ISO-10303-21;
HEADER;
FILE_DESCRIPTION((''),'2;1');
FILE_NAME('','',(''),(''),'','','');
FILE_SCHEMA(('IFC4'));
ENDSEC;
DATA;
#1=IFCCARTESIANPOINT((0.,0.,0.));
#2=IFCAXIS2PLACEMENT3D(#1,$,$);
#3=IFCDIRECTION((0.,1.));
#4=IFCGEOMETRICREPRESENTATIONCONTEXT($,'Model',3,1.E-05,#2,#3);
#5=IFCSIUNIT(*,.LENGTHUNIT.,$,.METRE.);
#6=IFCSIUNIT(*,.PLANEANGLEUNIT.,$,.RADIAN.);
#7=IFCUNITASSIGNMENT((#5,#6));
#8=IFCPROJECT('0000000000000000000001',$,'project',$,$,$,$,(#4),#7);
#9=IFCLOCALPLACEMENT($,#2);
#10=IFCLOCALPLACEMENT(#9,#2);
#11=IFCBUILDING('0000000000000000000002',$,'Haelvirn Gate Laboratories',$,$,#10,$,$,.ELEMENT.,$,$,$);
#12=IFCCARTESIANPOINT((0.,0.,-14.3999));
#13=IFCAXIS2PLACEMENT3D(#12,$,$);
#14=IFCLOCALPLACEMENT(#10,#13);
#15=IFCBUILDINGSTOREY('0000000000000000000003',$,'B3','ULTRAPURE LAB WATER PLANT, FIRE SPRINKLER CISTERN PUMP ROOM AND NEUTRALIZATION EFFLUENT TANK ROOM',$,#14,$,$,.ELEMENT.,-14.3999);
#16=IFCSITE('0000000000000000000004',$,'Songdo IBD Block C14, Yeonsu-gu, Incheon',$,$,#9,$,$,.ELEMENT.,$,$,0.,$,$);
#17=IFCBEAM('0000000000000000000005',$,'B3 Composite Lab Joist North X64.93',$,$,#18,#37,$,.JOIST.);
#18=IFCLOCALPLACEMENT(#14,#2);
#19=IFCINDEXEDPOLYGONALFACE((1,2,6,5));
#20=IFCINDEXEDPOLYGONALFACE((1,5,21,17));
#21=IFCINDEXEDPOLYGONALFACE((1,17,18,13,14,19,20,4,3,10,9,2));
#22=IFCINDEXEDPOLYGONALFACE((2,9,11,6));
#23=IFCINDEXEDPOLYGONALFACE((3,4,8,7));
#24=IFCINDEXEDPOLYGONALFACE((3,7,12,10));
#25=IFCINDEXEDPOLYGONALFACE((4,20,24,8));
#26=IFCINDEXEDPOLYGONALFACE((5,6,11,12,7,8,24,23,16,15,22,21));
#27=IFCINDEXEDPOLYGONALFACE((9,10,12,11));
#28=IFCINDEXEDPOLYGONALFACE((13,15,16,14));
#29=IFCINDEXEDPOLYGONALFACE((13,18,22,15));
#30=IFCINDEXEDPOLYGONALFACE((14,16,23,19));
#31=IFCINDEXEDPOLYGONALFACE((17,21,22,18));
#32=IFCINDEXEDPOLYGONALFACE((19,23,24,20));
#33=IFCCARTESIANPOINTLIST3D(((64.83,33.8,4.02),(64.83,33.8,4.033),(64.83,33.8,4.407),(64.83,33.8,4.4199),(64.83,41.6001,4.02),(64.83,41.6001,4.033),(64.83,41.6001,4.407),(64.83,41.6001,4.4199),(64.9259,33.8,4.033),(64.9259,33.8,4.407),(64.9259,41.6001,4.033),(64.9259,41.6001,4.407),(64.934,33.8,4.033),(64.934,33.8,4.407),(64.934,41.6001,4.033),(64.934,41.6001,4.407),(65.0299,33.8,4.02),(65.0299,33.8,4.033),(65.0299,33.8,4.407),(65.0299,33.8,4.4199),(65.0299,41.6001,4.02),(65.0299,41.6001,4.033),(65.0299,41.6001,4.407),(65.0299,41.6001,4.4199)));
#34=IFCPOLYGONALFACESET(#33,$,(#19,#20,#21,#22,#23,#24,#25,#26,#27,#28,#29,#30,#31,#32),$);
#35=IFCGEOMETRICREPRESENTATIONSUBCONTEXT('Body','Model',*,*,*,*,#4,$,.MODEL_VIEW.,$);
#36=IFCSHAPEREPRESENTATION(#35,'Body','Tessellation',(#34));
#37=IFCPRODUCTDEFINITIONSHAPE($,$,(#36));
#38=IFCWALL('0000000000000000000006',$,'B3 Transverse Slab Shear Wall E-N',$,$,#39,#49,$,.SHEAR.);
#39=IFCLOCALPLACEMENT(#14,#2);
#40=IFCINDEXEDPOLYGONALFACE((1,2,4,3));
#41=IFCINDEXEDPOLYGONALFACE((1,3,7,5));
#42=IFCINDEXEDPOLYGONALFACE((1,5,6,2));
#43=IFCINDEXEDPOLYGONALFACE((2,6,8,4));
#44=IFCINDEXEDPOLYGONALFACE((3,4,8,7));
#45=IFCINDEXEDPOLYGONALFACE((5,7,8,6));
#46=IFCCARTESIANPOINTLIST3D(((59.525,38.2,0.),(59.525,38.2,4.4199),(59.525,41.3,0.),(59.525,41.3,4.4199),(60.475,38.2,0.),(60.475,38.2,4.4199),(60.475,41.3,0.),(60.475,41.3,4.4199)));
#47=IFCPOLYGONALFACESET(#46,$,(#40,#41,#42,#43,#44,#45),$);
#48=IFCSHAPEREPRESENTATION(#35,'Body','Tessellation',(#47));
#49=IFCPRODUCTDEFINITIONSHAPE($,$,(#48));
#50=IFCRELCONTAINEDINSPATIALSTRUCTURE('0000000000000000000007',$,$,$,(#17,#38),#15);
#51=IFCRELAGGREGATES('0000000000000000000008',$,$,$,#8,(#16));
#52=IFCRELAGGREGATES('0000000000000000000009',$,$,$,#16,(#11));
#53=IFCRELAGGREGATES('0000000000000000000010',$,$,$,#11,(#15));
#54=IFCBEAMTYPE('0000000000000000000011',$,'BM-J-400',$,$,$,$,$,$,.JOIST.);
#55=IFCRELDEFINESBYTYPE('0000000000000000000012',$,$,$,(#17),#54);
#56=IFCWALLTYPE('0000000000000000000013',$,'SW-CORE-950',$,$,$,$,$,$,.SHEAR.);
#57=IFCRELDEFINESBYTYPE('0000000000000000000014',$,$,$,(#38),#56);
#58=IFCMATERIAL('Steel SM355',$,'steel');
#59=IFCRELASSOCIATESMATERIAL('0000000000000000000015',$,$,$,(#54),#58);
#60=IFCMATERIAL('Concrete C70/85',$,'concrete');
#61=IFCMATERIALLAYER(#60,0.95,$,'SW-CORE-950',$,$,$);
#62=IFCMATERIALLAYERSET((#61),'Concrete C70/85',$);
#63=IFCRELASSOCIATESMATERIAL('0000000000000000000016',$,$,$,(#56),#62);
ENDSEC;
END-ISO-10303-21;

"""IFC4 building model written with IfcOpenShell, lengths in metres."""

from ifc_helpers import new_model, si_unit, direction, frame, frame_2d, origin, origin_2d, place, context, subcontext, project, spatial, rectangle, i_section, extrude, source, transform, mapped, material, layer, layer_set, material_profile, profile_set, type_object, type_shapes, element, save


model = new_model("IFC4")

# Units and contexts
model_context = context("Model", 3, precision=1e-05, world=origin(), true_north=direction((0.0, 1.0)))
body_context = subcontext(model_context, "Body", "Model", "MODEL_VIEW")
ifc_project = project(units=[si_unit("LENGTHUNIT", "METRE"), si_unit("PLANEANGLEUNIT", "RADIAN")], contexts=[model_context])

# Site, building, storey
site_placement = place(None, origin())
site = spatial("IfcSite", under=ifc_project, at=site_placement, Name="Songdo IBD Block C14, Yeonsu-gu, Incheon", CompositionType="ELEMENT", RefElevation=0.0)
building_placement = place(site_placement, origin())
building = spatial("IfcBuilding", under=site, at=building_placement, Name="Haelvirn Gate Laboratories", CompositionType="ELEMENT")
storey_placement = place(building_placement, frame((0.0, 0.0, -14.3999)))
storey = spatial("IfcBuildingStorey", under=building, at=storey_placement, Name="B3", Description="ULTRAPURE LAB WATER PLANT, FIRE SPRINKLER CISTERN PUMP ROOM AND NEUTRALIZATION EFFLUENT TANK ROOM", CompositionType="ELEMENT", Elevation=-14.3999)

# Shared definitions
ifc_material_1 = material(Name="Concrete C70/85", Category="concrete")

# Beam
ifc_material_2 = material(Name="Steel SM355", Category="steel")
ifc_material_profile_1 = material_profile(ifc_material_2, i_section(OverallWidth=0.2, OverallDepth=0.3999, WebThickness=0.0081, FlangeThickness=0.0129, at=origin_2d()), Name="H-400x200x8x13")
ifc_profile_set_1 = profile_set([ifc_material_profile_1], Name="Steel SM355")
beam_type_1 = type_object("IfcBeamType", Name="BM-J-400", PredefinedType="JOIST", material=ifc_profile_set_1)
shared_shape_1 = source(origin(), body_context, "Body", "SweptSolid", [
    extrude(i_section(OverallWidth=0.2, OverallDepth=0.3999, WebThickness=0.0081, FlangeThickness=0.0129, at=origin_2d()), origin(), (0.0, 0.0, 1.0), 7.8),
])
type_shapes(beam_type_1, [shared_shape_1])
for number, where, z_axis, x_axis, name in (
    (1, (64.9299, 33.8, 4.22), (0.0, 1.0, 0.0), (-1.0, 0.0, 0.0), "B3 Composite Lab Joist North X64.93"),
):
    element("IfcBeam", number, at=place(storey_placement, frame(where, z_axis=z_axis, x_axis=x_axis)), inside=storey, type_object=beam_type_1, Name=name, PredefinedType="JOIST", context=body_context, shape_type="MappedRepresentation", body=[
        mapped(shared_shape_1, transform((0.0, 0.0, 0.0), scale=1.0)),
    ])

# Wall
ifc_layer = layer(ifc_material_1, 0.95, Name="SW-CORE-950")
ifc_layer_set = layer_set([ifc_layer], Name="Concrete C70/85")
wall_type = type_object("IfcWallType", Name="SW-CORE-950", PredefinedType="SHEAR", material=ifc_layer_set)
wall_placement = place(storey_placement, frame((60.0, 38.2, 0.0), z_axis=(0.0, 0.0, 1.0), x_axis=(0.0, 1.0, 0.0)))
element("IfcWall", 2, at=wall_placement, inside=storey, type_object=wall_type, Name="B3 Transverse Slab Shear Wall E-N", PredefinedType="SHEAR", context=body_context, shape_type="SweptSolid", body=[
    extrude(rectangle(XDim=3.1001, YDim=0.95, at=frame_2d((1.55, 0.0))), origin(), (0.0, 0.0, 1.0), 4.4199),
])

save(model, "model.ifc")
